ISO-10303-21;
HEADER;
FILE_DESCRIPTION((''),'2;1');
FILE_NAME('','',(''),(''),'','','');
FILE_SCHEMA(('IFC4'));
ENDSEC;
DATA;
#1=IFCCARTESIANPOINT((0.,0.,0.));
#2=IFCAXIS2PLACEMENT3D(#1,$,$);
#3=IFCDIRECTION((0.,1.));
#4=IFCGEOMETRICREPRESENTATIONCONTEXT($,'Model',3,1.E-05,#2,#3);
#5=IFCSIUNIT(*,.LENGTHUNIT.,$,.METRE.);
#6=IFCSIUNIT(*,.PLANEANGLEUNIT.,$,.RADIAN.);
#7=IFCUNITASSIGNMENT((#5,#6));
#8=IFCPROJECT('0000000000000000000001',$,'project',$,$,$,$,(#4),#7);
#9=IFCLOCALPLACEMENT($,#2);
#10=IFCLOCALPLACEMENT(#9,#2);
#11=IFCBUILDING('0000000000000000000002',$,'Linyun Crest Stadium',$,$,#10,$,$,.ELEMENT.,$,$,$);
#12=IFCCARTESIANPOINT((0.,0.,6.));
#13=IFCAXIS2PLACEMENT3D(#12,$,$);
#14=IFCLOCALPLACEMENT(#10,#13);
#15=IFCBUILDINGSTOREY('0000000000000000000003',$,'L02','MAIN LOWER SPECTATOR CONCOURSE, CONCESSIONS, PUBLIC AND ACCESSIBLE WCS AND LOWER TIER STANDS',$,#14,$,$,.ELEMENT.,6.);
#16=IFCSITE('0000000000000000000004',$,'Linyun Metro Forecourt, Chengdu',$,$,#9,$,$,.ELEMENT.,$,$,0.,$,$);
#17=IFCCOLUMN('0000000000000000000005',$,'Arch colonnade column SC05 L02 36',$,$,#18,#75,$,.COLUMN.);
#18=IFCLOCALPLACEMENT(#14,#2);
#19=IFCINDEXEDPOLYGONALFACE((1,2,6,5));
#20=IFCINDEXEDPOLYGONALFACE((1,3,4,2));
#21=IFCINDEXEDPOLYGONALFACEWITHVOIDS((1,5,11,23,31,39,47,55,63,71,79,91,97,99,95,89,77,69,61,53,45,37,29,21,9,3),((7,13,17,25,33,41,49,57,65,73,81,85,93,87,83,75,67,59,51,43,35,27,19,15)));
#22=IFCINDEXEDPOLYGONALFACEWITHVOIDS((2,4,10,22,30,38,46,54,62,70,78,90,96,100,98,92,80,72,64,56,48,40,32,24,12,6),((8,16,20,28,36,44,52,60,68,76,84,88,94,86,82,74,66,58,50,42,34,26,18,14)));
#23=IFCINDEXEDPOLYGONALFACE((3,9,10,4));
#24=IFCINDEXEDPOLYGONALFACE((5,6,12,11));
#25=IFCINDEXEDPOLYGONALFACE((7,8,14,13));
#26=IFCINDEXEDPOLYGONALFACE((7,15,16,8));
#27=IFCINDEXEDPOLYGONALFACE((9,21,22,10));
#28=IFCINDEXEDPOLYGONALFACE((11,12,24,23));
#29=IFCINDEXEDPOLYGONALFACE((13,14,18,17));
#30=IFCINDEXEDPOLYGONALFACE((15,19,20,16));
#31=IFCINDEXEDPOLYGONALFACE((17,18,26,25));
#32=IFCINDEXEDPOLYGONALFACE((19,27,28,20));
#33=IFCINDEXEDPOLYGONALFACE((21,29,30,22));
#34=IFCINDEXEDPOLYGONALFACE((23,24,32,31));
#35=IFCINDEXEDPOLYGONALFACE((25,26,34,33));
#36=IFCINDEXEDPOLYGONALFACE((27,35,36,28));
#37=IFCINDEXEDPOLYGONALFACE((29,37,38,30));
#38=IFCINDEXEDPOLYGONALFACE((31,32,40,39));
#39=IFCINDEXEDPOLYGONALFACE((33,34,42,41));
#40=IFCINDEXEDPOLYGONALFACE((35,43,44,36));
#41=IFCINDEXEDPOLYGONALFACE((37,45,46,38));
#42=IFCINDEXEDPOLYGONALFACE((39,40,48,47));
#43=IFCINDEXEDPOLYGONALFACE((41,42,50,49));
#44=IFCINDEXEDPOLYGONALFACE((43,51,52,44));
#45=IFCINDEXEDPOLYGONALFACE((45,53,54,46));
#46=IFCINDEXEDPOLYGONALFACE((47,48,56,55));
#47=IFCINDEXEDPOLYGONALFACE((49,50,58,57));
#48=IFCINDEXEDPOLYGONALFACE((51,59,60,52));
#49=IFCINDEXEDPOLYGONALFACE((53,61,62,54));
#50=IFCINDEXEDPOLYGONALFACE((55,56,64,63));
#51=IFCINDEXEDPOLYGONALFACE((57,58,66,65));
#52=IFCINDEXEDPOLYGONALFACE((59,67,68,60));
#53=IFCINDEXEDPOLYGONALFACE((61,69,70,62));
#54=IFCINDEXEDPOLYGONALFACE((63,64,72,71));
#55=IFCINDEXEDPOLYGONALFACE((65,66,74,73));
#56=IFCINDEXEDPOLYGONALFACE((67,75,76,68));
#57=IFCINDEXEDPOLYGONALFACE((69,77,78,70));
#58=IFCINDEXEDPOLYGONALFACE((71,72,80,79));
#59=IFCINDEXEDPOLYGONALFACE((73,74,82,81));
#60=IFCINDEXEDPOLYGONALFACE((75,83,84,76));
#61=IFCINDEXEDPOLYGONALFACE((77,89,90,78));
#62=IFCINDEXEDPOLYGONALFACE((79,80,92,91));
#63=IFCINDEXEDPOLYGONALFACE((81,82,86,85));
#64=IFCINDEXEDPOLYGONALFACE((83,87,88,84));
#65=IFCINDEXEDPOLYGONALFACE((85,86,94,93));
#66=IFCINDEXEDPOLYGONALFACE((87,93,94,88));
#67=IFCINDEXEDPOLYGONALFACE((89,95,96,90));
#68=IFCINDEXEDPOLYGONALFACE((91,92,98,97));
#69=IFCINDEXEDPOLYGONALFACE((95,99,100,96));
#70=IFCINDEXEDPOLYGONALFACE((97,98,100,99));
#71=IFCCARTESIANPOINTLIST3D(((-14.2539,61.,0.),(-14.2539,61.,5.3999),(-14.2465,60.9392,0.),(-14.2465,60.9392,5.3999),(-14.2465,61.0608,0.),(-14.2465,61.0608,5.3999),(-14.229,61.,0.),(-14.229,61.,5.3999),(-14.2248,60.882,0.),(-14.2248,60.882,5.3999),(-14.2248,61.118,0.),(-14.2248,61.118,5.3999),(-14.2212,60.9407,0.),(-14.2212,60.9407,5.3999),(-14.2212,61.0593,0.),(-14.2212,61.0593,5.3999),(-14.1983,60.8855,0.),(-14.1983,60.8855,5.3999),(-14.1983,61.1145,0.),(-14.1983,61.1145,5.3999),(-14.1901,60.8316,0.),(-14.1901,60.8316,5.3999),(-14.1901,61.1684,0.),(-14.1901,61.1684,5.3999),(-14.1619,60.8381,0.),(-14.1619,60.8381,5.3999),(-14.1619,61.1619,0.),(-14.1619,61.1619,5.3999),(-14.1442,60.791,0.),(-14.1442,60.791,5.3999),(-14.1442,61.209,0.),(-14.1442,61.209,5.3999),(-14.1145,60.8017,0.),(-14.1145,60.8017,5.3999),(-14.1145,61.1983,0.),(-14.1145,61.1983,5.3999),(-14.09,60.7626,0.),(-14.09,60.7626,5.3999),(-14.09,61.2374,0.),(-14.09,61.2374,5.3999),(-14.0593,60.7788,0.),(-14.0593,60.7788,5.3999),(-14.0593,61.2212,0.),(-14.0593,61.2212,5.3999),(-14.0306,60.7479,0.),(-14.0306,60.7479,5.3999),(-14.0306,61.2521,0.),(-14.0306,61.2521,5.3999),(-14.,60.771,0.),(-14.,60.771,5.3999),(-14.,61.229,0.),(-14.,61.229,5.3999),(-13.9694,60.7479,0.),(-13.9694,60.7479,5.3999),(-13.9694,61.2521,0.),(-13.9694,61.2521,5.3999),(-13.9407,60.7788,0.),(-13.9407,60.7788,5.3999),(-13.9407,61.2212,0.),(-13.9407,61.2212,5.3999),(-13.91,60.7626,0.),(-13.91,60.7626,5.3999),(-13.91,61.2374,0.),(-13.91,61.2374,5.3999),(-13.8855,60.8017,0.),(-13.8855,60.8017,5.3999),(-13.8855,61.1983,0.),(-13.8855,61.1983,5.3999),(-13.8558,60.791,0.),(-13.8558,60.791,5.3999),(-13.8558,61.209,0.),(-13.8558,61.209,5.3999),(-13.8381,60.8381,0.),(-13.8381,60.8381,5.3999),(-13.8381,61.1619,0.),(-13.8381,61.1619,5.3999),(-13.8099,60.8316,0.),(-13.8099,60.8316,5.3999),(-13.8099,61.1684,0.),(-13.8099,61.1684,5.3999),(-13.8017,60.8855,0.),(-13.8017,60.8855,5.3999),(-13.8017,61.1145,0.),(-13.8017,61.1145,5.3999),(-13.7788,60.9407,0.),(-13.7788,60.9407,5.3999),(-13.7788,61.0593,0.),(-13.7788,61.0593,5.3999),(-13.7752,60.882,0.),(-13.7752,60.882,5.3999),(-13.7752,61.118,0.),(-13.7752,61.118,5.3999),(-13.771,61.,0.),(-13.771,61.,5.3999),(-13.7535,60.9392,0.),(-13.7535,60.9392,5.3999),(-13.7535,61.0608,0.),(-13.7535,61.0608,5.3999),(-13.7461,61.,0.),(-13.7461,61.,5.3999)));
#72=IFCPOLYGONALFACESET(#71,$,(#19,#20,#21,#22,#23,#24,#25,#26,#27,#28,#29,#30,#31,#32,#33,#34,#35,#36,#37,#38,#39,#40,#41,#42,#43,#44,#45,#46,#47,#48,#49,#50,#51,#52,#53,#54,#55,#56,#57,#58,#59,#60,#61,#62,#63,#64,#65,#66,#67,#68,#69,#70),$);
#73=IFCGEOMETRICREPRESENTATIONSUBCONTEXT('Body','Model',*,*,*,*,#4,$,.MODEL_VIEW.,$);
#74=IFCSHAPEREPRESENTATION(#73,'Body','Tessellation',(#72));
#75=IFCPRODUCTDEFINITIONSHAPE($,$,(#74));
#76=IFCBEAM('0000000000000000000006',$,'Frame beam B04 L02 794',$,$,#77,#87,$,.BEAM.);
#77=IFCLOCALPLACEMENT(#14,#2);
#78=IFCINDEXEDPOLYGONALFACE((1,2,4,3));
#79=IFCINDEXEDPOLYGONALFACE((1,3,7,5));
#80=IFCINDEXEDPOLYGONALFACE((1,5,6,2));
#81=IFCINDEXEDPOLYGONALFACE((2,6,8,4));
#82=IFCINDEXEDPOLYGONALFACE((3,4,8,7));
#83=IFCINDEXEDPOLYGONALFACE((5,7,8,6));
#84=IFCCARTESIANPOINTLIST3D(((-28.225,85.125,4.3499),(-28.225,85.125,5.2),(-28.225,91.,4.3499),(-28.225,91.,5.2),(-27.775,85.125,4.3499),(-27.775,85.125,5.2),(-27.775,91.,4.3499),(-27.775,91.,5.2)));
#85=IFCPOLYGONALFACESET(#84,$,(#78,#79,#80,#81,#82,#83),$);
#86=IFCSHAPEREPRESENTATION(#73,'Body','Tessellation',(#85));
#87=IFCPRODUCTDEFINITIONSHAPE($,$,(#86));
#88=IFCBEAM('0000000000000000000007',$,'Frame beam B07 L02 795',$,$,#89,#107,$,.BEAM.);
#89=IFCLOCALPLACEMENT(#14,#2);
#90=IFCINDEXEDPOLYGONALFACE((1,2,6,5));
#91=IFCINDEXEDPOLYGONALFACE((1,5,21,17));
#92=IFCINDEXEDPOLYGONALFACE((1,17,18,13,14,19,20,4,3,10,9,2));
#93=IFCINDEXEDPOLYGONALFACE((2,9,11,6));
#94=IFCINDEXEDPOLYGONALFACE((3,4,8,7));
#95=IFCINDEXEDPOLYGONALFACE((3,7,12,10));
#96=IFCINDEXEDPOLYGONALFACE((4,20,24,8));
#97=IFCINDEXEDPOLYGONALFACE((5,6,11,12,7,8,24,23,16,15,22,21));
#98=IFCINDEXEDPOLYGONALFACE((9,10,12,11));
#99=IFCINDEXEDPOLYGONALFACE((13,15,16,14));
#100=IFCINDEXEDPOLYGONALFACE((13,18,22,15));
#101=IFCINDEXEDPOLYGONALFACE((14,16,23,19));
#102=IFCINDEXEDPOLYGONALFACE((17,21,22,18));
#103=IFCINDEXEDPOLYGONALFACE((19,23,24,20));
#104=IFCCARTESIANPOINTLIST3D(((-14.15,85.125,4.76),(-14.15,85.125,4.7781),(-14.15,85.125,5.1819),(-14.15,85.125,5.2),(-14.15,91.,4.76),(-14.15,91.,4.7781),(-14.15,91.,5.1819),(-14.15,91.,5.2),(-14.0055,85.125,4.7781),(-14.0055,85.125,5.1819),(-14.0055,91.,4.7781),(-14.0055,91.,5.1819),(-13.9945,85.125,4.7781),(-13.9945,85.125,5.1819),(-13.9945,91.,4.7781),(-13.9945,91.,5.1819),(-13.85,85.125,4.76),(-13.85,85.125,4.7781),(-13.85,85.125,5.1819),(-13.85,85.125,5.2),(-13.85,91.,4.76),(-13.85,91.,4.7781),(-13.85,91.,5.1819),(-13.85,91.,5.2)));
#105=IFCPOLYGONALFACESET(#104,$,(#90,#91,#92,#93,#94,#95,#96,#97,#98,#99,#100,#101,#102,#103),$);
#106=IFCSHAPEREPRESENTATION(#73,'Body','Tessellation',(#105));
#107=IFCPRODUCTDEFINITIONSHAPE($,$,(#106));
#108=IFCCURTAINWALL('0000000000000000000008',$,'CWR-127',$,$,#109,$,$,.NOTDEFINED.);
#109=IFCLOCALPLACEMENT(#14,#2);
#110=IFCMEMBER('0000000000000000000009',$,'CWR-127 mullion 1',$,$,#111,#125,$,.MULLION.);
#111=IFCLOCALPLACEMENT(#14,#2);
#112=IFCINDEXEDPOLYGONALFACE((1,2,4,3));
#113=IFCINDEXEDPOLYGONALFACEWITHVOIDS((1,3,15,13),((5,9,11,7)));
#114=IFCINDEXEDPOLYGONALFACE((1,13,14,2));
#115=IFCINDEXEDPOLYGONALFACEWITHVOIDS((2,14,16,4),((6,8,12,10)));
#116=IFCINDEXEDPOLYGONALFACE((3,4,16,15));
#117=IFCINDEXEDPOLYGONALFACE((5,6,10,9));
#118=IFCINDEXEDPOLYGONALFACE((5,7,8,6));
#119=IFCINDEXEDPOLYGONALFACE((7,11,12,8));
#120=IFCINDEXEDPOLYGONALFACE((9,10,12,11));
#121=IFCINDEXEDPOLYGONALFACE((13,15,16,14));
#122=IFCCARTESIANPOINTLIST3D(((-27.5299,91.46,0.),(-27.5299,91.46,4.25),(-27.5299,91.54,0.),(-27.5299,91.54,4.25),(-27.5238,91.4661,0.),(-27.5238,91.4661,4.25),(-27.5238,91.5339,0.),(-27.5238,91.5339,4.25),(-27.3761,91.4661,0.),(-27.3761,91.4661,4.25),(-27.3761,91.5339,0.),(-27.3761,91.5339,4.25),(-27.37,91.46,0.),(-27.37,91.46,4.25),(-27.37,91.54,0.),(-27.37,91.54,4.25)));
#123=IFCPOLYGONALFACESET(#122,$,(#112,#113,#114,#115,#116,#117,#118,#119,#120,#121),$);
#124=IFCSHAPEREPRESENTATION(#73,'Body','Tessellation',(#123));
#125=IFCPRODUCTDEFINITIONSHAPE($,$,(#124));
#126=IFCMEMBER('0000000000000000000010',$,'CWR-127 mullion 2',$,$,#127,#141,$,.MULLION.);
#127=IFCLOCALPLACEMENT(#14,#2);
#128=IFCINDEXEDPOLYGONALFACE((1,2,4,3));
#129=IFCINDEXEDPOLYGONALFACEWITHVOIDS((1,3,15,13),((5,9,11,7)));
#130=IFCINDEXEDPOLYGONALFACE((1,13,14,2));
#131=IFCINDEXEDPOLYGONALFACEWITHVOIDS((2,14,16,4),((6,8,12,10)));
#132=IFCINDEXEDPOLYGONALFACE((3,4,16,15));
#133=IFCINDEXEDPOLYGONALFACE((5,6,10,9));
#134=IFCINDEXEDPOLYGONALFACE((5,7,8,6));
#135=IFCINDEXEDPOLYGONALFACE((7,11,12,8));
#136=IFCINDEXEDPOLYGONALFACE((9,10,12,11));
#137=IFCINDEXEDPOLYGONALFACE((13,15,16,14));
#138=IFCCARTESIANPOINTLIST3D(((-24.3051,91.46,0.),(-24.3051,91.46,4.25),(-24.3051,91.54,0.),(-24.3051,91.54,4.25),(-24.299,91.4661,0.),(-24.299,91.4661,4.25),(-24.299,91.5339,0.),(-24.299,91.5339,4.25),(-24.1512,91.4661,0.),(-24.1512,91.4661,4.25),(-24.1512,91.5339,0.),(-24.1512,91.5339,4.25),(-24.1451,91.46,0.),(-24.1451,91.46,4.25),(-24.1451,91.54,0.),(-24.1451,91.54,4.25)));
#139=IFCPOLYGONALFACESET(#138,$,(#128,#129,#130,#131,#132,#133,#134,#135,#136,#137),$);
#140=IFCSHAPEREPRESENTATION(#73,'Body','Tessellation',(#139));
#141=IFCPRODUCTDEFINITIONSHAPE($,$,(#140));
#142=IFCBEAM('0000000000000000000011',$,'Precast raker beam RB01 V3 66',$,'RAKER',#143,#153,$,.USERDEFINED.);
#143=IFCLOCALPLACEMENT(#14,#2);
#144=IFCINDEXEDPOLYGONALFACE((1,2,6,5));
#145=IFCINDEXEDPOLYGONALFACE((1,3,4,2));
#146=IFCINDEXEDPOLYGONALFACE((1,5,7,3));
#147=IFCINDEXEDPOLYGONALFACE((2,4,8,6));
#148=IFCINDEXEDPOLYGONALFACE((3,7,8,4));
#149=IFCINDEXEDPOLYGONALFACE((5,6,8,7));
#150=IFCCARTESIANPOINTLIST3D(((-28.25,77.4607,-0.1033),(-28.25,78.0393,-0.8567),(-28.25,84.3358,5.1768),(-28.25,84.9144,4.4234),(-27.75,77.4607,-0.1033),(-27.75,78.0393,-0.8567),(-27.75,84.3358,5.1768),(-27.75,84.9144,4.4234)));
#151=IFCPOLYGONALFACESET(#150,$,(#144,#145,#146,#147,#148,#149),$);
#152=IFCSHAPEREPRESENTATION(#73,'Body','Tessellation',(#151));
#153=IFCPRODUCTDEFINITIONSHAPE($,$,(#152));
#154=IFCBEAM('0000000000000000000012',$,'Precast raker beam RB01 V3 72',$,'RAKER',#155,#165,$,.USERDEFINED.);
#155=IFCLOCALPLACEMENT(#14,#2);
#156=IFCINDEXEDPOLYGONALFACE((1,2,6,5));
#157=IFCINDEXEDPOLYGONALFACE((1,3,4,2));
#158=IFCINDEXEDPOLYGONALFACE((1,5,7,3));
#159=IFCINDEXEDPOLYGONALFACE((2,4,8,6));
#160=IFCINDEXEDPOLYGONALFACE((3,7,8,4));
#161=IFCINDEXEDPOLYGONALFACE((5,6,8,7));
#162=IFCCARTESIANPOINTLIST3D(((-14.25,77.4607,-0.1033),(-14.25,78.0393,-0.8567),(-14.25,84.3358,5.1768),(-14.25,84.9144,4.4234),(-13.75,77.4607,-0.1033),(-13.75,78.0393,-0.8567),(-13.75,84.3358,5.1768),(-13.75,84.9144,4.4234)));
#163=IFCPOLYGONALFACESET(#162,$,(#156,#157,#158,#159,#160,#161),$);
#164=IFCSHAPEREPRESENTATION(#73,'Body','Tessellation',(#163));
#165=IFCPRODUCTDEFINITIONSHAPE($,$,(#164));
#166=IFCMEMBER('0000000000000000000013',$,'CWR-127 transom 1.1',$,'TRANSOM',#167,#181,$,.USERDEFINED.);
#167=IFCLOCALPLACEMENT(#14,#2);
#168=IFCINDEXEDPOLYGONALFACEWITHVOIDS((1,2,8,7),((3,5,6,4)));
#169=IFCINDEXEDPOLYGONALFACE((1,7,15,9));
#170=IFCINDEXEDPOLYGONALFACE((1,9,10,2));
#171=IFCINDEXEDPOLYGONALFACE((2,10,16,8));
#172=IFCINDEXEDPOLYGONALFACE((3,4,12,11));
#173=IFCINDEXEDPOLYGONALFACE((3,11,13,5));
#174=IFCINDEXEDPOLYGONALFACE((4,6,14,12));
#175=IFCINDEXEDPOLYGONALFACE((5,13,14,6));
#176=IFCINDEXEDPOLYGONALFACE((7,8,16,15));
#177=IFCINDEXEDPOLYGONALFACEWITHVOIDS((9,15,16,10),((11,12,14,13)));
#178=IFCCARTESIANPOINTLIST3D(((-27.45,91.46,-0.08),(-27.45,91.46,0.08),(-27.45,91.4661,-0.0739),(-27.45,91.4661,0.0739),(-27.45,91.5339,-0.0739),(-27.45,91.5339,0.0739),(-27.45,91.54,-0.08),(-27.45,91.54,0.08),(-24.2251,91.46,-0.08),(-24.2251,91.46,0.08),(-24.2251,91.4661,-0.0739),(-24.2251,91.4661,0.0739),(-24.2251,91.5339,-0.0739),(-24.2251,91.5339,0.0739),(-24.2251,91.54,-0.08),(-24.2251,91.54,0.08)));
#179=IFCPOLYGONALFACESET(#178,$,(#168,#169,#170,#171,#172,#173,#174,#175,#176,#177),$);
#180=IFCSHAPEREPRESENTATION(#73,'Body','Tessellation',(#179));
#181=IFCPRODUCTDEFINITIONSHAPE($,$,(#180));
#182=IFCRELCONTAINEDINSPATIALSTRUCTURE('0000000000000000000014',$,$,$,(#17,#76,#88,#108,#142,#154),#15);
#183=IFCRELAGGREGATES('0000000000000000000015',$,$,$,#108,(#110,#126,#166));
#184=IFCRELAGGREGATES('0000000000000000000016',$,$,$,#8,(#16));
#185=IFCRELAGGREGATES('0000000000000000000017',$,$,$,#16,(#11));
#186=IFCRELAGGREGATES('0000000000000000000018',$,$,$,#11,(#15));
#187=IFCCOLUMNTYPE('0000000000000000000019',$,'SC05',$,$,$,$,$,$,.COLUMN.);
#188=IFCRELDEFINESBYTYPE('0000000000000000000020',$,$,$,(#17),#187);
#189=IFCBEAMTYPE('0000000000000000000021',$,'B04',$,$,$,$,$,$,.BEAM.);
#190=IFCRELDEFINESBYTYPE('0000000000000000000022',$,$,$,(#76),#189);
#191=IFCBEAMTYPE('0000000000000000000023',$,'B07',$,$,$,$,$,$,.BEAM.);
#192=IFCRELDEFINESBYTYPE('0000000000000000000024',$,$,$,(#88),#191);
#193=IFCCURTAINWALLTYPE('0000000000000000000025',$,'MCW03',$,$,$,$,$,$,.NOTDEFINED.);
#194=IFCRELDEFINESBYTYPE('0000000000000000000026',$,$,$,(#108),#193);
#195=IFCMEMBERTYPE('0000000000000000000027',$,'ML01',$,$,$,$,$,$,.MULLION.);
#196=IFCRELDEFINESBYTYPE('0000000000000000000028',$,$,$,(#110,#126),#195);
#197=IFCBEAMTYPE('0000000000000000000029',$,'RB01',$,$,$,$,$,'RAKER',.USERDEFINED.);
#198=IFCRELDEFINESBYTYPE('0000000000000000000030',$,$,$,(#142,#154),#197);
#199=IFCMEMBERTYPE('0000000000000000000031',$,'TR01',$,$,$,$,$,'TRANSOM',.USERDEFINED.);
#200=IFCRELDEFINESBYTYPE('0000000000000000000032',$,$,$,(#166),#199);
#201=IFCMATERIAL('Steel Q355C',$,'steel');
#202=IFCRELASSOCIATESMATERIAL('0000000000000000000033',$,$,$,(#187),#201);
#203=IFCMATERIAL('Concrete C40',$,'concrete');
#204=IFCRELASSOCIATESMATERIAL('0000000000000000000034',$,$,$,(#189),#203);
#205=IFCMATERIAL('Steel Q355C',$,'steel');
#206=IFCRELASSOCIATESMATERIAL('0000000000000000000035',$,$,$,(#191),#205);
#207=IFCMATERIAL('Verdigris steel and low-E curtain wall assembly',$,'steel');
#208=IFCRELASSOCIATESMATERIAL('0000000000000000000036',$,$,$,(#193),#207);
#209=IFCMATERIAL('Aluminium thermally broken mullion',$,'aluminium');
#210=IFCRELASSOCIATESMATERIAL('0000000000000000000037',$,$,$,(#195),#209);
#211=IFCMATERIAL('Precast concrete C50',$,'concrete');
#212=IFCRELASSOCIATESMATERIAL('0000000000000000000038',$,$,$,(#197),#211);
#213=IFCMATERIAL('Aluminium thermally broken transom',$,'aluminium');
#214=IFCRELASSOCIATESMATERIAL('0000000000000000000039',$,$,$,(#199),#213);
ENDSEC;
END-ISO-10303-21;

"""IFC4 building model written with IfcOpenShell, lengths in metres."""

from ifc_helpers import new_model, si_unit, direction, frame, origin, origin_2d, place, context, subcontext, project, spatial, rectangle, hollow_rectangle, hollow_circle, i_section, extrude, material, material_profile, profile_set, type_object, element, aggregate, save


model = new_model("IFC4")

# Units and contexts
model_context = context("Model", 3, precision=1e-05, world=origin(), true_north=direction((0.0, 1.0)))
body_context = subcontext(model_context, "Body", "Model", "MODEL_VIEW")
ifc_project = project(units=[si_unit("LENGTHUNIT", "METRE"), si_unit("PLANEANGLEUNIT", "RADIAN")], contexts=[model_context])

# Site, building, storey
site_placement = place(None, origin())
site = spatial("IfcSite", under=ifc_project, at=site_placement, Name="Linyun Metro Forecourt, Chengdu", CompositionType="ELEMENT", RefElevation=0.0)
building_placement = place(site_placement, origin())
building = spatial("IfcBuilding", under=site, at=building_placement, Name="Linyun Crest Stadium", CompositionType="ELEMENT")
storey_placement = place(building_placement, frame((0.0, 0.0, 6.0)))
storey = spatial("IfcBuildingStorey", under=building, at=storey_placement, Name="L02", Description="MAIN LOWER SPECTATOR CONCOURSE, CONCESSIONS, PUBLIC AND ACCESSIBLE WCS AND LOWER TIER STANDS", CompositionType="ELEMENT", Elevation=6.0)

# Column
ifc_material_1 = material(Name="Steel Q355C", Category="steel")
ifc_material_profile_1 = material_profile(ifc_material_1, hollow_circle(Radius=0.2539, WallThickness=0.0249, at=origin_2d()), Name="CHS 508x25")
ifc_profile_set_1 = profile_set([ifc_material_profile_1], Name="Steel Q355C")
column_type_1 = type_object("IfcColumnType", Name="SC05", PredefinedType="COLUMN", material=ifc_profile_set_1)
for number, where, z_axis, x_axis, name in (
    (1, (-14.0, 61.0, 0.0), (0.0, 0.0, 1.0), (1.0, 0.0, 0.0), "Arch colonnade column SC05 L02 36"),
):
    element("IfcColumn", number, at=place(storey_placement, frame(where, z_axis=z_axis, x_axis=x_axis)), inside=storey, type_object=column_type_1, Name=name, PredefinedType="COLUMN", context=body_context, shape_type="SweptSolid", body=[
        extrude(hollow_circle(Radius=0.2539, WallThickness=0.0249, at=origin_2d()), origin(), (0.0, 0.0, 1.0), 5.3999),
    ])

# Beams
ifc_material_2 = material(Name="Concrete C40", Category="concrete")
ifc_material_profile_2 = material_profile(ifc_material_2, rectangle(XDim=0.45, YDim=0.8501, at=origin_2d()), Name="RCB 850x450")
ifc_profile_set_2 = profile_set([ifc_material_profile_2], Name="Concrete C40")
beam_type_1 = type_object("IfcBeamType", Name="B04", PredefinedType="BEAM", material=ifc_profile_set_2)
beam_1_placement = place(storey_placement, frame((-28.0, 85.125, 4.7749), z_axis=(0.0, 1.0, 0.0), x_axis=(-1.0, 0.0, 0.0)))
element("IfcBeam", 2, at=beam_1_placement, inside=storey, type_object=beam_type_1, Name="Frame beam B04 L02 794", PredefinedType="BEAM", context=body_context, shape_type="SweptSolid", body=[
    extrude(rectangle(XDim=0.45, YDim=0.8501, at=origin_2d()), origin(), (0.0, 0.0, 1.0), 5.875),
])
ifc_material_3 = material(Name="Steel Q355C", Category="steel")
ifc_material_profile_3 = material_profile(ifc_material_3, i_section(OverallWidth=0.3, OverallDepth=0.4399, WebThickness=0.011, FlangeThickness=0.0181, at=origin_2d()), Name="HM 440x300")
ifc_profile_set_3 = profile_set([ifc_material_profile_3], Name="Steel Q355C")
beam_type_2 = type_object("IfcBeamType", Name="B07", PredefinedType="BEAM", material=ifc_profile_set_3)
beam_2_placement = place(storey_placement, frame((-14.0, 85.125, 4.98), z_axis=(0.0, 1.0, 0.0), x_axis=(-1.0, 0.0, 0.0)))
element("IfcBeam", 3, at=beam_2_placement, inside=storey, type_object=beam_type_2, Name="Frame beam B07 L02 795", PredefinedType="BEAM", context=body_context, shape_type="SweptSolid", body=[
    extrude(i_section(OverallWidth=0.3, OverallDepth=0.4399, WebThickness=0.011, FlangeThickness=0.0181, at=origin_2d()), origin(), (0.0, 0.0, 1.0), 5.875),
])

# Curtain wall, members
ifc_material_4 = material(Name="Verdigris steel and low-E curtain wall assembly", Category="steel")
curtain_wall_type = type_object("IfcCurtainWallType", Name="MCW03", PredefinedType="NOTDEFINED", material=ifc_material_4)
curtain_wall_placement = place(storey_placement, origin())
curtain_wall = element("IfcCurtainWall", 4, at=curtain_wall_placement, inside=storey, type_object=curtain_wall_type, Name="CWR-127", PredefinedType="NOTDEFINED")
ifc_material_5 = material(Name="Aluminium thermally broken mullion", Category="aluminium")
ifc_material_profile_4 = material_profile(ifc_material_5, hollow_rectangle(XDim=0.0801, YDim=0.1599, WallThickness=0.0061, at=origin_2d()), Name="RHS 160x80x6")
ifc_profile_set_4 = profile_set([ifc_material_profile_4], Name="Aluminium thermally broken mullion")
member_type_1 = type_object("IfcMemberType", Name="ML01", PredefinedType="MULLION", material=ifc_profile_set_4)
member_1_placement = place(storey_placement, frame((-27.45, 91.5, 0.0), z_axis=(0.0, 0.0, 1.0), x_axis=(0.0, 1.0, 0.0)))
member_1 = element("IfcMember", 5, at=member_1_placement, type_object=member_type_1, Name="CWR-127 mullion 1", PredefinedType="MULLION", context=body_context, shape_type="SweptSolid", body=[
    extrude(hollow_rectangle(XDim=0.0801, YDim=0.1599, WallThickness=0.0061, at=origin_2d()), origin(), (0.0, 0.0, 1.0), 4.25),
])
member_2_placement = place(storey_placement, frame((-24.2251, 91.5, 0.0), z_axis=(0.0, 0.0, 1.0), x_axis=(0.0, 1.0, 0.0)))
member_2 = element("IfcMember", 6, at=member_2_placement, type_object=member_type_1, Name="CWR-127 mullion 2", PredefinedType="MULLION", context=body_context, shape_type="SweptSolid", body=[
    extrude(hollow_rectangle(XDim=0.0801, YDim=0.1599, WallThickness=0.0061, at=origin_2d()), origin(), (0.0, 0.0, 1.0), 4.25),
])

# Beams
ifc_material_6 = material(Name="Precast concrete C50", Category="concrete")
ifc_material_profile_5 = material_profile(ifc_material_6, rectangle(XDim=0.5, YDim=0.95, at=origin_2d()), Name="PCR 950x500")
ifc_profile_set_5 = profile_set([ifc_material_profile_5], Name="Precast concrete C50")
beam_type_3 = type_object("IfcBeamType", Name="RB01", ElementType="RAKER", PredefinedType="USERDEFINED", material=ifc_profile_set_5)
for number, where, z_axis, x_axis, name in (
    (7, (-28.0, 77.75, -0.48), (0.0, 0.793094, 0.609099), (-1.0, 0.0, 0.0), "Precast raker beam RB01 V3 66"),
    (8, (-14.0, 77.75, -0.48), (0.0, 0.793094, 0.609099), (-1.0, 0.0, 0.0), "Precast raker beam RB01 V3 72"),
):
    element("IfcBeam", number, at=place(storey_placement, frame(where, z_axis=z_axis, x_axis=x_axis)), inside=storey, type_object=beam_type_3, Name=name, ObjectType="RAKER", PredefinedType="USERDEFINED", context=body_context, shape_type="SweptSolid", body=[
        extrude(rectangle(XDim=0.5, YDim=0.95, at=origin_2d()), origin(), (0.0, 0.0, 1.0), 8.6687),
    ])

# Member
ifc_material_7 = material(Name="Aluminium thermally broken transom", Category="aluminium")
ifc_material_profile_6 = material_profile(ifc_material_7, hollow_rectangle(XDim=0.0801, YDim=0.1599, WallThickness=0.0061, at=origin_2d()), Name="RHS 160x80x6")
ifc_profile_set_6 = profile_set([ifc_material_profile_6], Name="Aluminium thermally broken transom")
member_type_2 = type_object("IfcMemberType", Name="TR01", ElementType="TRANSOM", PredefinedType="USERDEFINED", material=ifc_profile_set_6)
member_3_placement = place(storey_placement, frame((-27.45, 91.5, 0.0), z_axis=(1.0, 0.0, 0.0), x_axis=(0.0, 1.0, 0.0)))
member_3 = element("IfcMember", 9, at=member_3_placement, type_object=member_type_2, Name="CWR-127 transom 1.1", ObjectType="TRANSOM", PredefinedType="USERDEFINED", context=body_context, shape_type="SweptSolid", body=[
    extrude(hollow_rectangle(XDim=0.0801, YDim=0.1599, WallThickness=0.0061, at=origin_2d()), origin(), (0.0, 0.0, 1.0), 3.2249),
])

aggregate(curtain_wall, [member_1, member_2, member_3])

save(model, "model.ifc")
